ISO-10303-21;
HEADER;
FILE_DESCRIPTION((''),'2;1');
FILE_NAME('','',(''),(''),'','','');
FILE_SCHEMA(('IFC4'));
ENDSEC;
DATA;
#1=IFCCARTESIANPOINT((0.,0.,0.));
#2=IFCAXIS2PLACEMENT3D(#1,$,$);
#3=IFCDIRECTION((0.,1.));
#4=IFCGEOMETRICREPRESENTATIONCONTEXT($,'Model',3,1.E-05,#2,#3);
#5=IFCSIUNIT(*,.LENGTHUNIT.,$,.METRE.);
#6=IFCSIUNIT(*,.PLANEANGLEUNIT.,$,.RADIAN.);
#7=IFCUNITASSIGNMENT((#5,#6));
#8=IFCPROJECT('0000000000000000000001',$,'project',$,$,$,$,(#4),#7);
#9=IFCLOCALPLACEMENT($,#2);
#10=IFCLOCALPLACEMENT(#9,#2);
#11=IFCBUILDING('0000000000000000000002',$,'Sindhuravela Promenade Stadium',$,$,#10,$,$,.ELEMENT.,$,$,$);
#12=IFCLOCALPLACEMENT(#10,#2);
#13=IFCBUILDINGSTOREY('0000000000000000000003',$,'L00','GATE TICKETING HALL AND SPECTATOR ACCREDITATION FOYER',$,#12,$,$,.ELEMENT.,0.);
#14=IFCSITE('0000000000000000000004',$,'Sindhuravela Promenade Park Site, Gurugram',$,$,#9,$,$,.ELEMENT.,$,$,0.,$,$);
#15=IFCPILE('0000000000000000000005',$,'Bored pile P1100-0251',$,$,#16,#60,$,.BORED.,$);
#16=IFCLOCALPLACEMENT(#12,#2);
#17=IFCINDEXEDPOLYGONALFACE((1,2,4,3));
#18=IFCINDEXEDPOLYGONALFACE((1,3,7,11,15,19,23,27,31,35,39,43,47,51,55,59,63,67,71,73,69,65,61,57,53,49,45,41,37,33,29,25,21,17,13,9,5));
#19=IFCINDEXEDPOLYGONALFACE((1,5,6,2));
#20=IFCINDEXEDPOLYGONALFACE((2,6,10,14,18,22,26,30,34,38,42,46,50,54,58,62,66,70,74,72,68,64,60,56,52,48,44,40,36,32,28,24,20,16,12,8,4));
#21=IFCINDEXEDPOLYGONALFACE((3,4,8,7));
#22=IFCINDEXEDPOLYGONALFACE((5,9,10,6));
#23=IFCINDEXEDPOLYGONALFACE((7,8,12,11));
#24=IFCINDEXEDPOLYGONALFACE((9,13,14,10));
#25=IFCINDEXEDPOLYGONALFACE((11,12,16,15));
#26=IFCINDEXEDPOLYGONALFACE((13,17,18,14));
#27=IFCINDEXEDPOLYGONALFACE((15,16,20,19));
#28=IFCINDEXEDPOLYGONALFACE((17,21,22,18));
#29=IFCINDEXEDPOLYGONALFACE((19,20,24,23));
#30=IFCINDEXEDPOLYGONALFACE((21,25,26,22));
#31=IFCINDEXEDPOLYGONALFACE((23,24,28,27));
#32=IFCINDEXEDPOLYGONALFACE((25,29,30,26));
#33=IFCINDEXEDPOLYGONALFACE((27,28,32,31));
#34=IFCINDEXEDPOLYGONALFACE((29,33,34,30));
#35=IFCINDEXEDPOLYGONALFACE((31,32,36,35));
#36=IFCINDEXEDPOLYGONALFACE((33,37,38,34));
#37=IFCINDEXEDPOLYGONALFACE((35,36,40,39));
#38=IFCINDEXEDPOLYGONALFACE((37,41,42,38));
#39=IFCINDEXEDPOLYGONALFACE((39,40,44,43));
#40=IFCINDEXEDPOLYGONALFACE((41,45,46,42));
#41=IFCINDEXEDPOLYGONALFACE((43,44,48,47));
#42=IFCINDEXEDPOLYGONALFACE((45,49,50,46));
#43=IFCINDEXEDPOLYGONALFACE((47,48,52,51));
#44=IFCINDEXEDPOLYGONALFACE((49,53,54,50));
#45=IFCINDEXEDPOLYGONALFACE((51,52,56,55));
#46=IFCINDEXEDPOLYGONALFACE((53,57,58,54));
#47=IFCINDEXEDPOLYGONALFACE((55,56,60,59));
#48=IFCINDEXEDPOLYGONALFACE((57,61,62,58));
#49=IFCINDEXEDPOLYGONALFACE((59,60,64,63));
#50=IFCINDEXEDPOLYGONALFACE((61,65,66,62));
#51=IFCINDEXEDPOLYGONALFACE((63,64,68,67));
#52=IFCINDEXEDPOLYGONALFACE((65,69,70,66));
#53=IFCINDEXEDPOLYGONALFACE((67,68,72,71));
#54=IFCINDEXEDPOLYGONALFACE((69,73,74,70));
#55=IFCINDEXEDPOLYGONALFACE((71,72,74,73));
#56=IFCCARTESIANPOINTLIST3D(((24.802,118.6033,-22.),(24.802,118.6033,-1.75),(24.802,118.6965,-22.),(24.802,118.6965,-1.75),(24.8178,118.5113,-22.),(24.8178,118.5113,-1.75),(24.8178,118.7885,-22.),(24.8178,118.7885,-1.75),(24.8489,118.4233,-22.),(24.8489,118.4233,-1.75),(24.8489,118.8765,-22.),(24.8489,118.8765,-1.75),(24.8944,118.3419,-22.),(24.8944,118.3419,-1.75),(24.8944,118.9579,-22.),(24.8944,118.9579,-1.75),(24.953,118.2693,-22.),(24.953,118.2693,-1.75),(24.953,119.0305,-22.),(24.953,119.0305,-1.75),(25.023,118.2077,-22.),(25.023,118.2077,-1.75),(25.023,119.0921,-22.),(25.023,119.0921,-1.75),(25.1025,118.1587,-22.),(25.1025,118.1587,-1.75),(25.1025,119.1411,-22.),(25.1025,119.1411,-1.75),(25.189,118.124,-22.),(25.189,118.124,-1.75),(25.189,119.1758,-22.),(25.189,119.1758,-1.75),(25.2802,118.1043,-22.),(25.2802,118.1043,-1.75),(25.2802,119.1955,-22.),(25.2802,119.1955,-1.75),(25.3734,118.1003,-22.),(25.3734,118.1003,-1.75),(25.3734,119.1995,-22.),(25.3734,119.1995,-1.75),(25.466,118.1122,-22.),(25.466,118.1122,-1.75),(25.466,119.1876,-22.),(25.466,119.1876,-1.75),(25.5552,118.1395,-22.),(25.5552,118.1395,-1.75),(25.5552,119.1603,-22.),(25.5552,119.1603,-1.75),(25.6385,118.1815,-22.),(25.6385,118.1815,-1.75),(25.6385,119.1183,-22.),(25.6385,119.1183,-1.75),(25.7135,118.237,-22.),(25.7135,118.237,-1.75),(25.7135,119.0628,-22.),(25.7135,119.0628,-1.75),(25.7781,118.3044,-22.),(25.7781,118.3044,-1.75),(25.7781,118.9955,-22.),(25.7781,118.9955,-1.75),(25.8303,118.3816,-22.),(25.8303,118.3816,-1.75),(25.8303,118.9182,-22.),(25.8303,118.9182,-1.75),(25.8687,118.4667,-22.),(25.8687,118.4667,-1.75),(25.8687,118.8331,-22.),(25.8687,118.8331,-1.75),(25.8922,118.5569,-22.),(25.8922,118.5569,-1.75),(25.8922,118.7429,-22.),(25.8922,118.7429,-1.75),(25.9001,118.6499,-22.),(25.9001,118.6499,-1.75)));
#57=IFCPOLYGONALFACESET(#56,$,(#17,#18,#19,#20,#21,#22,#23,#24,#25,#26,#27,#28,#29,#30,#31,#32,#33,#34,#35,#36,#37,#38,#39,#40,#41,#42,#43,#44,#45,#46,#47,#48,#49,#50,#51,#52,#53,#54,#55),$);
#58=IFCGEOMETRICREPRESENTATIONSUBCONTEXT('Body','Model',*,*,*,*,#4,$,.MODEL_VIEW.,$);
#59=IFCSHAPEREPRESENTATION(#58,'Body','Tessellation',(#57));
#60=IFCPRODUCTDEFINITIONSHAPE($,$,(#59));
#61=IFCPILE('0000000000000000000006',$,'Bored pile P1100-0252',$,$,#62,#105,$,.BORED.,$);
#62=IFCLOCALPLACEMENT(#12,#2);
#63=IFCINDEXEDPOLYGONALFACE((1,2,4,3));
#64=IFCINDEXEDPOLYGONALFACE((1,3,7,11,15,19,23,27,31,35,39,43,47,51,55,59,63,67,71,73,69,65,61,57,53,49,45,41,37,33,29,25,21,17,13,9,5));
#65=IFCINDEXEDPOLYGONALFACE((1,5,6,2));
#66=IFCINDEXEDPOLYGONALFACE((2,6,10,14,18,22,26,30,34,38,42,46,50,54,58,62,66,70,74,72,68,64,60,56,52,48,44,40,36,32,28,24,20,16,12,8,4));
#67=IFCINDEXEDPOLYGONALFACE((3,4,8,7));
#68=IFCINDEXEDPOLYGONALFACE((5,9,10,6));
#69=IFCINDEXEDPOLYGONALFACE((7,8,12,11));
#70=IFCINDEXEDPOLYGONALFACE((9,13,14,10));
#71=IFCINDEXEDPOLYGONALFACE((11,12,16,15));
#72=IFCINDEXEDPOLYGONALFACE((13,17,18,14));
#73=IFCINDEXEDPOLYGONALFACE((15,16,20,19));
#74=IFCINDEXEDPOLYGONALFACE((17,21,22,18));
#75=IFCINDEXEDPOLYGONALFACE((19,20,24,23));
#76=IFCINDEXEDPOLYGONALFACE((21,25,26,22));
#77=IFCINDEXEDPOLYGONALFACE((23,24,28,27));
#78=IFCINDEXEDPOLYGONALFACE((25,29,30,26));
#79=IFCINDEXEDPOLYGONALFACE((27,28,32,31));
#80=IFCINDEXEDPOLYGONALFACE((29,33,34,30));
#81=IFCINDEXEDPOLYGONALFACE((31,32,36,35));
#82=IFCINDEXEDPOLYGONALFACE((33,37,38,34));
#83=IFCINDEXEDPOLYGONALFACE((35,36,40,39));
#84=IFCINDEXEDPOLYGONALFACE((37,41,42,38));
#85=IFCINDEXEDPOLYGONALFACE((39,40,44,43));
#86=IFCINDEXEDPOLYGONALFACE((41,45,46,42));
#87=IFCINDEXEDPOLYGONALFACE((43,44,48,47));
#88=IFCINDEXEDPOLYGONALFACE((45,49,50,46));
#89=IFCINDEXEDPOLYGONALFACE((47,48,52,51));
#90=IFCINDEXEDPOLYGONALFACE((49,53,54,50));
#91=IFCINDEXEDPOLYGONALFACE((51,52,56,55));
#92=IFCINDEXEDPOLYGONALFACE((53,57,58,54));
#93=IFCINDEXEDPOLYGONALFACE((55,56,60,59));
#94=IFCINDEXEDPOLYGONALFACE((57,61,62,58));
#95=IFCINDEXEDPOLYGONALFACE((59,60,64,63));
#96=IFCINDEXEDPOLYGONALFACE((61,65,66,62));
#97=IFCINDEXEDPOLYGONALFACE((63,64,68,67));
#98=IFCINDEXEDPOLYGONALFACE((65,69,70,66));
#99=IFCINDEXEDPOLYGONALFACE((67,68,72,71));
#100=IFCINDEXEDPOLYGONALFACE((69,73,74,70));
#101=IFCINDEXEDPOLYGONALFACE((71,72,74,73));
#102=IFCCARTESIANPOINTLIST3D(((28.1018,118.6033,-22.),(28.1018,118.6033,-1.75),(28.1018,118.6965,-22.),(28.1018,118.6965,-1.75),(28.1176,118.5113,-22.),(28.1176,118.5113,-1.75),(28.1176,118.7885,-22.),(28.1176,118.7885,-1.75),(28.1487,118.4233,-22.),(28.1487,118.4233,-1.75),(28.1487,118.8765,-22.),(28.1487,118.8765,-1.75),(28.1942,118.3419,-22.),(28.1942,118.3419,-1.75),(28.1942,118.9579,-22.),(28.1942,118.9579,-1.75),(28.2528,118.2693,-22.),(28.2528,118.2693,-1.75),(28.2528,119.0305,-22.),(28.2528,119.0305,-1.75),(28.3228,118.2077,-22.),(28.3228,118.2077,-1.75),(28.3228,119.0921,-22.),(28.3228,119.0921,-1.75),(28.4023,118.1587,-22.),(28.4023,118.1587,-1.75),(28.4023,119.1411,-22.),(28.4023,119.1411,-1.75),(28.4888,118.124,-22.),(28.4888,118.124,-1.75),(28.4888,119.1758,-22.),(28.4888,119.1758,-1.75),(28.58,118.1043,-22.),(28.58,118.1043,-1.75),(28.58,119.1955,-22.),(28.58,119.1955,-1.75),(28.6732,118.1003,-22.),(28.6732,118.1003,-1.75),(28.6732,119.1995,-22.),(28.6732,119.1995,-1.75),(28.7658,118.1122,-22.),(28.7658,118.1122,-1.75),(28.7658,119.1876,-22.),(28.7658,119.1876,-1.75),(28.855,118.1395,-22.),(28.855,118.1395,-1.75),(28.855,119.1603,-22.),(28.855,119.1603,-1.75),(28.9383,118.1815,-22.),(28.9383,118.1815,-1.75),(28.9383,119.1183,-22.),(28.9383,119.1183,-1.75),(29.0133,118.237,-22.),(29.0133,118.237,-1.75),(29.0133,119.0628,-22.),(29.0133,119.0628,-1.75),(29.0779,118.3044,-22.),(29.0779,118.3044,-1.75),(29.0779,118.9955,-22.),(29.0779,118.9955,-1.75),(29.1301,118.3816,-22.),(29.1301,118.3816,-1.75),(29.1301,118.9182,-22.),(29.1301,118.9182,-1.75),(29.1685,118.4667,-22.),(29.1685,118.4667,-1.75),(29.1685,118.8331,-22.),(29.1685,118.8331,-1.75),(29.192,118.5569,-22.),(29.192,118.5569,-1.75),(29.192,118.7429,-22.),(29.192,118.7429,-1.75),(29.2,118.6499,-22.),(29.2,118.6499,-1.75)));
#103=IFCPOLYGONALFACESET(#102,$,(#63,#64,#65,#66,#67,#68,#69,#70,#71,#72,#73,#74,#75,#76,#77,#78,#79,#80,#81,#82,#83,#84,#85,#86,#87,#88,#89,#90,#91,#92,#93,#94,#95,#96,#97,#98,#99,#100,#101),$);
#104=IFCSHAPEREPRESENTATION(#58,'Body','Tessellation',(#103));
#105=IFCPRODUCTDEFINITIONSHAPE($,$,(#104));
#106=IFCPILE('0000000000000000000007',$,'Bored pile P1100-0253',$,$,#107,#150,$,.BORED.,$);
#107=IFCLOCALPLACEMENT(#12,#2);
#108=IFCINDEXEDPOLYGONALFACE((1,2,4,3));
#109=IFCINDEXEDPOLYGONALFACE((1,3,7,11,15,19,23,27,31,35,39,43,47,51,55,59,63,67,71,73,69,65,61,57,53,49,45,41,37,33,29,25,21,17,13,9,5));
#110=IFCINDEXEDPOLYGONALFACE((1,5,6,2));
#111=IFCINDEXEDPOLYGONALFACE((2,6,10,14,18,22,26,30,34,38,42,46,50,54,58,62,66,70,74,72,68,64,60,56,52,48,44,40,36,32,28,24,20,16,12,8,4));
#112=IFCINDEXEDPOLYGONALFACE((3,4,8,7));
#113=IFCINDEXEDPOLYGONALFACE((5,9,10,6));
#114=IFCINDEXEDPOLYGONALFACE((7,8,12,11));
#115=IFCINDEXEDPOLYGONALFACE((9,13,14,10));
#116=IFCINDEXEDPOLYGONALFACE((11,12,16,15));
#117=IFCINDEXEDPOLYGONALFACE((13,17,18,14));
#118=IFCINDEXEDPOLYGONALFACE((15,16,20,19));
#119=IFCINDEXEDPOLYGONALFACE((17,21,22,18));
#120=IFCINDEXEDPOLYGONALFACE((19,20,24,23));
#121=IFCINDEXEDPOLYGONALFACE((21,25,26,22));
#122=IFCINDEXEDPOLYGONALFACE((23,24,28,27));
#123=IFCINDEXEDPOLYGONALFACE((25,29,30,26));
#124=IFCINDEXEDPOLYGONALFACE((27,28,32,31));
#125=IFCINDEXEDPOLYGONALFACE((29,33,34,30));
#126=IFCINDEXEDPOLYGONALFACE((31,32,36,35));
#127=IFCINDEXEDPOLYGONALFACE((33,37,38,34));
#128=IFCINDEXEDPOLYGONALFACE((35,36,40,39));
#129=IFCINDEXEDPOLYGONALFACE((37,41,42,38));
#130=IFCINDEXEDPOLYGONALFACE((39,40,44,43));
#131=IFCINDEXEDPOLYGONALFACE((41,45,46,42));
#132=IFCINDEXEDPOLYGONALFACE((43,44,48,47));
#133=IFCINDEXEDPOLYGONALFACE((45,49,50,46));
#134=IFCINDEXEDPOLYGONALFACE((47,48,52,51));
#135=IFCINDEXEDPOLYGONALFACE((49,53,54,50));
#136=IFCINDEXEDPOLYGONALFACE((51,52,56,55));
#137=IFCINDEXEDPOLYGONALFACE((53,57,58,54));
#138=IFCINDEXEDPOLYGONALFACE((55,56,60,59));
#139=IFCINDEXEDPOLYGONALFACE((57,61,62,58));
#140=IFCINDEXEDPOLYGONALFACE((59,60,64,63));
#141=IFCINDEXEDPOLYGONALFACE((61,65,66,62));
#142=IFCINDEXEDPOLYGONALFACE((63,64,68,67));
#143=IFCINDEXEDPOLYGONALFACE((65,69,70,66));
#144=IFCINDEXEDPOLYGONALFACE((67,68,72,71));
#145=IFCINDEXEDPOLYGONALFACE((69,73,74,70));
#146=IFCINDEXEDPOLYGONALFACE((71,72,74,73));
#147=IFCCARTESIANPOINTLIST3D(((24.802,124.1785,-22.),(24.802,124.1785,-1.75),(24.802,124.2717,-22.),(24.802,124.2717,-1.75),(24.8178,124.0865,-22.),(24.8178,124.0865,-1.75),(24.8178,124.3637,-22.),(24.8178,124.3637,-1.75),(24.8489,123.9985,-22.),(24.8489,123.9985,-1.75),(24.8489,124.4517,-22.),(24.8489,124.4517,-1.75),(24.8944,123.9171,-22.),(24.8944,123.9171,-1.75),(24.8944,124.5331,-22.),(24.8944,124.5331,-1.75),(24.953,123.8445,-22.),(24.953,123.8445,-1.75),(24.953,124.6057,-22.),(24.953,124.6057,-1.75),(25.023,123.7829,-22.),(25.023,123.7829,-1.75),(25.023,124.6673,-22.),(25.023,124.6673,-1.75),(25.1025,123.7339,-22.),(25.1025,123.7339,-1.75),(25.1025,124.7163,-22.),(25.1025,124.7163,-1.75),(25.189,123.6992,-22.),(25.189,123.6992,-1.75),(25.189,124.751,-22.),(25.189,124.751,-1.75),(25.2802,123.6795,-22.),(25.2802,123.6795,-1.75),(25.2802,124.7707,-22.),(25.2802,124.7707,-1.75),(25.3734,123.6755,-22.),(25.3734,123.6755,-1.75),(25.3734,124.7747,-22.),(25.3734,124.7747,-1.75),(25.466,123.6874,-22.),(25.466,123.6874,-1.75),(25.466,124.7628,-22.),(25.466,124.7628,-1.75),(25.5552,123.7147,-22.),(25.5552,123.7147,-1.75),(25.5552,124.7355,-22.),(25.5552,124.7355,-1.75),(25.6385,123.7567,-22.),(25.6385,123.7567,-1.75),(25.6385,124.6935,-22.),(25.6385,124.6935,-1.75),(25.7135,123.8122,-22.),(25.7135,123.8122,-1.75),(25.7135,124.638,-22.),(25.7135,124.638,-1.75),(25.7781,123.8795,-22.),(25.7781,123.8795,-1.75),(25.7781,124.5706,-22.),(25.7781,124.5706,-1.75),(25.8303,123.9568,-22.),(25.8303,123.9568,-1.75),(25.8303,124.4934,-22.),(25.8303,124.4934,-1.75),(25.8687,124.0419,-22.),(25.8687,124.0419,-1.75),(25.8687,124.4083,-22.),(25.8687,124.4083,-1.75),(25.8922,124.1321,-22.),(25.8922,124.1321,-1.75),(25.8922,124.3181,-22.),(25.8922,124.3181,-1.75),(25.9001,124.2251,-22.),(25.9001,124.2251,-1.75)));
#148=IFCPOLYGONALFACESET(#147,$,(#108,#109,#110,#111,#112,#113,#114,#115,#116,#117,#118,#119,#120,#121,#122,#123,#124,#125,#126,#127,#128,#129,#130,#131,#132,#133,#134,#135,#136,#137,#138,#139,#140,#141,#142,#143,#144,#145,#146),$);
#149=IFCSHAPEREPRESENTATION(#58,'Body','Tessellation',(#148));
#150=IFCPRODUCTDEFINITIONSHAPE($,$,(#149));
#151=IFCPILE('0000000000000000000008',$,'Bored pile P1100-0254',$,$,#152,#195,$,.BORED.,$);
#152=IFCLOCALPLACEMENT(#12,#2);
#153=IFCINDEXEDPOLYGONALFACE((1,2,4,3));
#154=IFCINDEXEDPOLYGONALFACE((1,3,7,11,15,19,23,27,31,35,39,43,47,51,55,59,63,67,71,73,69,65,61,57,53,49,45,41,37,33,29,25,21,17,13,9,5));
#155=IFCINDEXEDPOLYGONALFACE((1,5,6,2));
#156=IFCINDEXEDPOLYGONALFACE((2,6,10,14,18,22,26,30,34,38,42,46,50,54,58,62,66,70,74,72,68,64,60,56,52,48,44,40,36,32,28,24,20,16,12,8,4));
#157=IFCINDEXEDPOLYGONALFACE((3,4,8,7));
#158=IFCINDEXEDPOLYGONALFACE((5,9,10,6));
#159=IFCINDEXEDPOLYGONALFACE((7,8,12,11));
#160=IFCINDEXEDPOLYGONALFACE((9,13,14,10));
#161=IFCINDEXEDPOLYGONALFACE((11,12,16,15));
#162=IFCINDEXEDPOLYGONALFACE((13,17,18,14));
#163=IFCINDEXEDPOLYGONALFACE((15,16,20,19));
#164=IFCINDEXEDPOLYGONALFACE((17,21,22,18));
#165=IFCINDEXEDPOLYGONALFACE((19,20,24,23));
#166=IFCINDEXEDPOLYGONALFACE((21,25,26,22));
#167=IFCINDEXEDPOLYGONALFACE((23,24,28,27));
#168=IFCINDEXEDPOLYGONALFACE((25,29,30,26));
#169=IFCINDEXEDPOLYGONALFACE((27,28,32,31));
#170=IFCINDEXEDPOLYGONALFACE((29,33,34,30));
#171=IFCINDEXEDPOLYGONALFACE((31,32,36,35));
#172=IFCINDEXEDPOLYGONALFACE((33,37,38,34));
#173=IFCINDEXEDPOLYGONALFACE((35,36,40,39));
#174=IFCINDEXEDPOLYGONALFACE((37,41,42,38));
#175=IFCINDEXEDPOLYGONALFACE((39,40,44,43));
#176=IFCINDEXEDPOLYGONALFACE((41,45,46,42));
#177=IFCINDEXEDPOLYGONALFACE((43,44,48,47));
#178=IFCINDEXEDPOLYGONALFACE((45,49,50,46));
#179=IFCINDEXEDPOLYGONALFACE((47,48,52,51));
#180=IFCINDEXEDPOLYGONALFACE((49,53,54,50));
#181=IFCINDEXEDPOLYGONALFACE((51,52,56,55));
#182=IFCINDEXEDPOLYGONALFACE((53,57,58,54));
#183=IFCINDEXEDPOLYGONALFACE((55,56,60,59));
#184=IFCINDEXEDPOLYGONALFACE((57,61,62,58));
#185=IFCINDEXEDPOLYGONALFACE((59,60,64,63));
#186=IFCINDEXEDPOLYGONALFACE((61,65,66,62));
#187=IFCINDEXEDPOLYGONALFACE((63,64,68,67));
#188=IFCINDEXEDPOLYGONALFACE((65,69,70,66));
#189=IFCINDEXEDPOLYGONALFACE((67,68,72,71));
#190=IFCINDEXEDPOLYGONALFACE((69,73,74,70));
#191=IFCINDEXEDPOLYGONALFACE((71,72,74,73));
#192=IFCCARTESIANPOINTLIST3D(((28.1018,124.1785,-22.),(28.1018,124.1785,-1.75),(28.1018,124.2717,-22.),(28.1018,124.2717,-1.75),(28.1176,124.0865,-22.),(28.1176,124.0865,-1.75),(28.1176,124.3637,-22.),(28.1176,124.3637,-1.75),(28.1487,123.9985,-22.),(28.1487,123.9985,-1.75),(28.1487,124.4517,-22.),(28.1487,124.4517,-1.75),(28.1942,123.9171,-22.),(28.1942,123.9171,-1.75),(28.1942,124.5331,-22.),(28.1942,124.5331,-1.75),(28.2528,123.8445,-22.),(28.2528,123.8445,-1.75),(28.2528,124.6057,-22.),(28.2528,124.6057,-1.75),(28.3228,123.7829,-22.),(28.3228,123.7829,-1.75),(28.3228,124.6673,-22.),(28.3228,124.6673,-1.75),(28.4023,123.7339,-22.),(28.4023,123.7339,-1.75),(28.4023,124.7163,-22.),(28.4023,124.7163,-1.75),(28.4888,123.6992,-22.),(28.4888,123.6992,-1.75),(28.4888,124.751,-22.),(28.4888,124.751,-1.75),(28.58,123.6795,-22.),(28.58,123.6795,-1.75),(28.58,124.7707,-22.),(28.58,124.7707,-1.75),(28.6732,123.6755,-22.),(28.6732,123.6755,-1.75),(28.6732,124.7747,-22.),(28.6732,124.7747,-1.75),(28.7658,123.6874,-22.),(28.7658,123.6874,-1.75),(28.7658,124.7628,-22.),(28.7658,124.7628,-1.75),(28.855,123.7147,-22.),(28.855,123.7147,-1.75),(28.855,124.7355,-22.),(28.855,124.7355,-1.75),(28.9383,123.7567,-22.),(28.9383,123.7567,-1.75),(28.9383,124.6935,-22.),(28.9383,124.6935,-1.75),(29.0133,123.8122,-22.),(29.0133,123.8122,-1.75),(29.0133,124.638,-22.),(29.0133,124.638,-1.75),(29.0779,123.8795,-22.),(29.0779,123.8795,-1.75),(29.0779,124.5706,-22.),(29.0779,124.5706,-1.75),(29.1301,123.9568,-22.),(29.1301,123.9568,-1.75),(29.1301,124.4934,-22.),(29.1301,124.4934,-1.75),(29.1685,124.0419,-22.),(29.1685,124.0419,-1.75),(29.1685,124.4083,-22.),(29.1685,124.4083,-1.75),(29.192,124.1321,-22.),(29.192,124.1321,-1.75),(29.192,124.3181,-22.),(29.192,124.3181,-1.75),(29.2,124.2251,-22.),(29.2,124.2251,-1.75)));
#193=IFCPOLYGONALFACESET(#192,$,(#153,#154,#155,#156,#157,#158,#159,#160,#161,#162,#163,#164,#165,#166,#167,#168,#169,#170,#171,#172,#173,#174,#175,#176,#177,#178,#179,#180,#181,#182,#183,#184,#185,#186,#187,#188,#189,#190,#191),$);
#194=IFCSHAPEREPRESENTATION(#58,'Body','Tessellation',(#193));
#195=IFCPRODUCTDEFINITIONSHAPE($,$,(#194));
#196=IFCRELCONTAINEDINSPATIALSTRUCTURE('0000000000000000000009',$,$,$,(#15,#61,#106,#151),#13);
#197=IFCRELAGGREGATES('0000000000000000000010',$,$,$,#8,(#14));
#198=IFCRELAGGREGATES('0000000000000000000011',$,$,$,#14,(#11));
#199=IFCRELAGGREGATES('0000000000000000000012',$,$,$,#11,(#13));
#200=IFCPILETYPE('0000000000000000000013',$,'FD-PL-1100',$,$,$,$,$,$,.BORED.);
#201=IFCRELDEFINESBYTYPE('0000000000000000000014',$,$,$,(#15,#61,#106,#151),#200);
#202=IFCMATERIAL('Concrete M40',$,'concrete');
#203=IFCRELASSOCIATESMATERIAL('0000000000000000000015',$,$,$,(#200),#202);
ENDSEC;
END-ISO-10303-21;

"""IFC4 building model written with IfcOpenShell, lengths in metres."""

from ifc_helpers import new_model, si_unit, direction, frame, origin, origin_2d, place, context, subcontext, project, spatial, circle, extrude, material, material_profile, profile_set, type_object, element, save


model = new_model("IFC4")

# Units and contexts
model_context = context("Model", 3, precision=1e-05, world=origin(), true_north=direction((0.0, 1.0)))
body_context = subcontext(model_context, "Body", "Model", "MODEL_VIEW")
ifc_project = project(units=[si_unit("LENGTHUNIT", "METRE"), si_unit("PLANEANGLEUNIT", "RADIAN")], contexts=[model_context])

# Site, building, storey
site_placement = place(None, origin())
site = spatial("IfcSite", under=ifc_project, at=site_placement, Name="Sindhuravela Promenade Park Site, Gurugram", CompositionType="ELEMENT", RefElevation=0.0)
building_placement = place(site_placement, origin())
building = spatial("IfcBuilding", under=site, at=building_placement, Name="Sindhuravela Promenade Stadium", CompositionType="ELEMENT")
storey_placement = place(building_placement, origin())
storey = spatial("IfcBuildingStorey", under=building, at=storey_placement, Name="L00", Description="GATE TICKETING HALL AND SPECTATOR ACCREDITATION FOYER", CompositionType="ELEMENT", Elevation=0.0)

# Piles
ifc_material_1 = material(Name="Concrete M40", Category="concrete")
ifc_material_profile_1 = material_profile(ifc_material_1, circle(Radius=0.55, at=origin_2d()), Name="BORED PILE D1100")
ifc_profile_set_1 = profile_set([ifc_material_profile_1], Name="Concrete M40")
pile_type = type_object("IfcPileType", Name="FD-PL-1100", PredefinedType="BORED", material=ifc_profile_set_1)
for number, where, z_axis, x_axis, name in (
    (1, (25.3501, 118.6499, -1.75), (0.0, 0.0, -1.0), (1.0, 0.0, 0.0), "Bored pile P1100-0251"),
    (2, (28.6499, 118.6499, -1.75), (0.0, 0.0, -1.0), (1.0, 0.0, 0.0), "Bored pile P1100-0252"),
    (3, (25.3501, 124.2251, -1.75), (0.0, 0.0, -1.0), (1.0, 0.0, 0.0), "Bored pile P1100-0253"),
    (4, (28.6499, 124.2251, -1.75), (0.0, 0.0, -1.0), (1.0, 0.0, 0.0), "Bored pile P1100-0254"),
):
    element("IfcPile", number, at=place(storey_placement, frame(where, z_axis=z_axis, x_axis=x_axis)), inside=storey, type_object=pile_type, Name=name, PredefinedType="BORED", context=body_context, shape_type="SweptSolid", body=[
        extrude(circle(Radius=0.55, at=origin_2d()), origin(), (0.0, 0.0, 1.0), 20.25),
    ])

save(model, "model.ifc")
